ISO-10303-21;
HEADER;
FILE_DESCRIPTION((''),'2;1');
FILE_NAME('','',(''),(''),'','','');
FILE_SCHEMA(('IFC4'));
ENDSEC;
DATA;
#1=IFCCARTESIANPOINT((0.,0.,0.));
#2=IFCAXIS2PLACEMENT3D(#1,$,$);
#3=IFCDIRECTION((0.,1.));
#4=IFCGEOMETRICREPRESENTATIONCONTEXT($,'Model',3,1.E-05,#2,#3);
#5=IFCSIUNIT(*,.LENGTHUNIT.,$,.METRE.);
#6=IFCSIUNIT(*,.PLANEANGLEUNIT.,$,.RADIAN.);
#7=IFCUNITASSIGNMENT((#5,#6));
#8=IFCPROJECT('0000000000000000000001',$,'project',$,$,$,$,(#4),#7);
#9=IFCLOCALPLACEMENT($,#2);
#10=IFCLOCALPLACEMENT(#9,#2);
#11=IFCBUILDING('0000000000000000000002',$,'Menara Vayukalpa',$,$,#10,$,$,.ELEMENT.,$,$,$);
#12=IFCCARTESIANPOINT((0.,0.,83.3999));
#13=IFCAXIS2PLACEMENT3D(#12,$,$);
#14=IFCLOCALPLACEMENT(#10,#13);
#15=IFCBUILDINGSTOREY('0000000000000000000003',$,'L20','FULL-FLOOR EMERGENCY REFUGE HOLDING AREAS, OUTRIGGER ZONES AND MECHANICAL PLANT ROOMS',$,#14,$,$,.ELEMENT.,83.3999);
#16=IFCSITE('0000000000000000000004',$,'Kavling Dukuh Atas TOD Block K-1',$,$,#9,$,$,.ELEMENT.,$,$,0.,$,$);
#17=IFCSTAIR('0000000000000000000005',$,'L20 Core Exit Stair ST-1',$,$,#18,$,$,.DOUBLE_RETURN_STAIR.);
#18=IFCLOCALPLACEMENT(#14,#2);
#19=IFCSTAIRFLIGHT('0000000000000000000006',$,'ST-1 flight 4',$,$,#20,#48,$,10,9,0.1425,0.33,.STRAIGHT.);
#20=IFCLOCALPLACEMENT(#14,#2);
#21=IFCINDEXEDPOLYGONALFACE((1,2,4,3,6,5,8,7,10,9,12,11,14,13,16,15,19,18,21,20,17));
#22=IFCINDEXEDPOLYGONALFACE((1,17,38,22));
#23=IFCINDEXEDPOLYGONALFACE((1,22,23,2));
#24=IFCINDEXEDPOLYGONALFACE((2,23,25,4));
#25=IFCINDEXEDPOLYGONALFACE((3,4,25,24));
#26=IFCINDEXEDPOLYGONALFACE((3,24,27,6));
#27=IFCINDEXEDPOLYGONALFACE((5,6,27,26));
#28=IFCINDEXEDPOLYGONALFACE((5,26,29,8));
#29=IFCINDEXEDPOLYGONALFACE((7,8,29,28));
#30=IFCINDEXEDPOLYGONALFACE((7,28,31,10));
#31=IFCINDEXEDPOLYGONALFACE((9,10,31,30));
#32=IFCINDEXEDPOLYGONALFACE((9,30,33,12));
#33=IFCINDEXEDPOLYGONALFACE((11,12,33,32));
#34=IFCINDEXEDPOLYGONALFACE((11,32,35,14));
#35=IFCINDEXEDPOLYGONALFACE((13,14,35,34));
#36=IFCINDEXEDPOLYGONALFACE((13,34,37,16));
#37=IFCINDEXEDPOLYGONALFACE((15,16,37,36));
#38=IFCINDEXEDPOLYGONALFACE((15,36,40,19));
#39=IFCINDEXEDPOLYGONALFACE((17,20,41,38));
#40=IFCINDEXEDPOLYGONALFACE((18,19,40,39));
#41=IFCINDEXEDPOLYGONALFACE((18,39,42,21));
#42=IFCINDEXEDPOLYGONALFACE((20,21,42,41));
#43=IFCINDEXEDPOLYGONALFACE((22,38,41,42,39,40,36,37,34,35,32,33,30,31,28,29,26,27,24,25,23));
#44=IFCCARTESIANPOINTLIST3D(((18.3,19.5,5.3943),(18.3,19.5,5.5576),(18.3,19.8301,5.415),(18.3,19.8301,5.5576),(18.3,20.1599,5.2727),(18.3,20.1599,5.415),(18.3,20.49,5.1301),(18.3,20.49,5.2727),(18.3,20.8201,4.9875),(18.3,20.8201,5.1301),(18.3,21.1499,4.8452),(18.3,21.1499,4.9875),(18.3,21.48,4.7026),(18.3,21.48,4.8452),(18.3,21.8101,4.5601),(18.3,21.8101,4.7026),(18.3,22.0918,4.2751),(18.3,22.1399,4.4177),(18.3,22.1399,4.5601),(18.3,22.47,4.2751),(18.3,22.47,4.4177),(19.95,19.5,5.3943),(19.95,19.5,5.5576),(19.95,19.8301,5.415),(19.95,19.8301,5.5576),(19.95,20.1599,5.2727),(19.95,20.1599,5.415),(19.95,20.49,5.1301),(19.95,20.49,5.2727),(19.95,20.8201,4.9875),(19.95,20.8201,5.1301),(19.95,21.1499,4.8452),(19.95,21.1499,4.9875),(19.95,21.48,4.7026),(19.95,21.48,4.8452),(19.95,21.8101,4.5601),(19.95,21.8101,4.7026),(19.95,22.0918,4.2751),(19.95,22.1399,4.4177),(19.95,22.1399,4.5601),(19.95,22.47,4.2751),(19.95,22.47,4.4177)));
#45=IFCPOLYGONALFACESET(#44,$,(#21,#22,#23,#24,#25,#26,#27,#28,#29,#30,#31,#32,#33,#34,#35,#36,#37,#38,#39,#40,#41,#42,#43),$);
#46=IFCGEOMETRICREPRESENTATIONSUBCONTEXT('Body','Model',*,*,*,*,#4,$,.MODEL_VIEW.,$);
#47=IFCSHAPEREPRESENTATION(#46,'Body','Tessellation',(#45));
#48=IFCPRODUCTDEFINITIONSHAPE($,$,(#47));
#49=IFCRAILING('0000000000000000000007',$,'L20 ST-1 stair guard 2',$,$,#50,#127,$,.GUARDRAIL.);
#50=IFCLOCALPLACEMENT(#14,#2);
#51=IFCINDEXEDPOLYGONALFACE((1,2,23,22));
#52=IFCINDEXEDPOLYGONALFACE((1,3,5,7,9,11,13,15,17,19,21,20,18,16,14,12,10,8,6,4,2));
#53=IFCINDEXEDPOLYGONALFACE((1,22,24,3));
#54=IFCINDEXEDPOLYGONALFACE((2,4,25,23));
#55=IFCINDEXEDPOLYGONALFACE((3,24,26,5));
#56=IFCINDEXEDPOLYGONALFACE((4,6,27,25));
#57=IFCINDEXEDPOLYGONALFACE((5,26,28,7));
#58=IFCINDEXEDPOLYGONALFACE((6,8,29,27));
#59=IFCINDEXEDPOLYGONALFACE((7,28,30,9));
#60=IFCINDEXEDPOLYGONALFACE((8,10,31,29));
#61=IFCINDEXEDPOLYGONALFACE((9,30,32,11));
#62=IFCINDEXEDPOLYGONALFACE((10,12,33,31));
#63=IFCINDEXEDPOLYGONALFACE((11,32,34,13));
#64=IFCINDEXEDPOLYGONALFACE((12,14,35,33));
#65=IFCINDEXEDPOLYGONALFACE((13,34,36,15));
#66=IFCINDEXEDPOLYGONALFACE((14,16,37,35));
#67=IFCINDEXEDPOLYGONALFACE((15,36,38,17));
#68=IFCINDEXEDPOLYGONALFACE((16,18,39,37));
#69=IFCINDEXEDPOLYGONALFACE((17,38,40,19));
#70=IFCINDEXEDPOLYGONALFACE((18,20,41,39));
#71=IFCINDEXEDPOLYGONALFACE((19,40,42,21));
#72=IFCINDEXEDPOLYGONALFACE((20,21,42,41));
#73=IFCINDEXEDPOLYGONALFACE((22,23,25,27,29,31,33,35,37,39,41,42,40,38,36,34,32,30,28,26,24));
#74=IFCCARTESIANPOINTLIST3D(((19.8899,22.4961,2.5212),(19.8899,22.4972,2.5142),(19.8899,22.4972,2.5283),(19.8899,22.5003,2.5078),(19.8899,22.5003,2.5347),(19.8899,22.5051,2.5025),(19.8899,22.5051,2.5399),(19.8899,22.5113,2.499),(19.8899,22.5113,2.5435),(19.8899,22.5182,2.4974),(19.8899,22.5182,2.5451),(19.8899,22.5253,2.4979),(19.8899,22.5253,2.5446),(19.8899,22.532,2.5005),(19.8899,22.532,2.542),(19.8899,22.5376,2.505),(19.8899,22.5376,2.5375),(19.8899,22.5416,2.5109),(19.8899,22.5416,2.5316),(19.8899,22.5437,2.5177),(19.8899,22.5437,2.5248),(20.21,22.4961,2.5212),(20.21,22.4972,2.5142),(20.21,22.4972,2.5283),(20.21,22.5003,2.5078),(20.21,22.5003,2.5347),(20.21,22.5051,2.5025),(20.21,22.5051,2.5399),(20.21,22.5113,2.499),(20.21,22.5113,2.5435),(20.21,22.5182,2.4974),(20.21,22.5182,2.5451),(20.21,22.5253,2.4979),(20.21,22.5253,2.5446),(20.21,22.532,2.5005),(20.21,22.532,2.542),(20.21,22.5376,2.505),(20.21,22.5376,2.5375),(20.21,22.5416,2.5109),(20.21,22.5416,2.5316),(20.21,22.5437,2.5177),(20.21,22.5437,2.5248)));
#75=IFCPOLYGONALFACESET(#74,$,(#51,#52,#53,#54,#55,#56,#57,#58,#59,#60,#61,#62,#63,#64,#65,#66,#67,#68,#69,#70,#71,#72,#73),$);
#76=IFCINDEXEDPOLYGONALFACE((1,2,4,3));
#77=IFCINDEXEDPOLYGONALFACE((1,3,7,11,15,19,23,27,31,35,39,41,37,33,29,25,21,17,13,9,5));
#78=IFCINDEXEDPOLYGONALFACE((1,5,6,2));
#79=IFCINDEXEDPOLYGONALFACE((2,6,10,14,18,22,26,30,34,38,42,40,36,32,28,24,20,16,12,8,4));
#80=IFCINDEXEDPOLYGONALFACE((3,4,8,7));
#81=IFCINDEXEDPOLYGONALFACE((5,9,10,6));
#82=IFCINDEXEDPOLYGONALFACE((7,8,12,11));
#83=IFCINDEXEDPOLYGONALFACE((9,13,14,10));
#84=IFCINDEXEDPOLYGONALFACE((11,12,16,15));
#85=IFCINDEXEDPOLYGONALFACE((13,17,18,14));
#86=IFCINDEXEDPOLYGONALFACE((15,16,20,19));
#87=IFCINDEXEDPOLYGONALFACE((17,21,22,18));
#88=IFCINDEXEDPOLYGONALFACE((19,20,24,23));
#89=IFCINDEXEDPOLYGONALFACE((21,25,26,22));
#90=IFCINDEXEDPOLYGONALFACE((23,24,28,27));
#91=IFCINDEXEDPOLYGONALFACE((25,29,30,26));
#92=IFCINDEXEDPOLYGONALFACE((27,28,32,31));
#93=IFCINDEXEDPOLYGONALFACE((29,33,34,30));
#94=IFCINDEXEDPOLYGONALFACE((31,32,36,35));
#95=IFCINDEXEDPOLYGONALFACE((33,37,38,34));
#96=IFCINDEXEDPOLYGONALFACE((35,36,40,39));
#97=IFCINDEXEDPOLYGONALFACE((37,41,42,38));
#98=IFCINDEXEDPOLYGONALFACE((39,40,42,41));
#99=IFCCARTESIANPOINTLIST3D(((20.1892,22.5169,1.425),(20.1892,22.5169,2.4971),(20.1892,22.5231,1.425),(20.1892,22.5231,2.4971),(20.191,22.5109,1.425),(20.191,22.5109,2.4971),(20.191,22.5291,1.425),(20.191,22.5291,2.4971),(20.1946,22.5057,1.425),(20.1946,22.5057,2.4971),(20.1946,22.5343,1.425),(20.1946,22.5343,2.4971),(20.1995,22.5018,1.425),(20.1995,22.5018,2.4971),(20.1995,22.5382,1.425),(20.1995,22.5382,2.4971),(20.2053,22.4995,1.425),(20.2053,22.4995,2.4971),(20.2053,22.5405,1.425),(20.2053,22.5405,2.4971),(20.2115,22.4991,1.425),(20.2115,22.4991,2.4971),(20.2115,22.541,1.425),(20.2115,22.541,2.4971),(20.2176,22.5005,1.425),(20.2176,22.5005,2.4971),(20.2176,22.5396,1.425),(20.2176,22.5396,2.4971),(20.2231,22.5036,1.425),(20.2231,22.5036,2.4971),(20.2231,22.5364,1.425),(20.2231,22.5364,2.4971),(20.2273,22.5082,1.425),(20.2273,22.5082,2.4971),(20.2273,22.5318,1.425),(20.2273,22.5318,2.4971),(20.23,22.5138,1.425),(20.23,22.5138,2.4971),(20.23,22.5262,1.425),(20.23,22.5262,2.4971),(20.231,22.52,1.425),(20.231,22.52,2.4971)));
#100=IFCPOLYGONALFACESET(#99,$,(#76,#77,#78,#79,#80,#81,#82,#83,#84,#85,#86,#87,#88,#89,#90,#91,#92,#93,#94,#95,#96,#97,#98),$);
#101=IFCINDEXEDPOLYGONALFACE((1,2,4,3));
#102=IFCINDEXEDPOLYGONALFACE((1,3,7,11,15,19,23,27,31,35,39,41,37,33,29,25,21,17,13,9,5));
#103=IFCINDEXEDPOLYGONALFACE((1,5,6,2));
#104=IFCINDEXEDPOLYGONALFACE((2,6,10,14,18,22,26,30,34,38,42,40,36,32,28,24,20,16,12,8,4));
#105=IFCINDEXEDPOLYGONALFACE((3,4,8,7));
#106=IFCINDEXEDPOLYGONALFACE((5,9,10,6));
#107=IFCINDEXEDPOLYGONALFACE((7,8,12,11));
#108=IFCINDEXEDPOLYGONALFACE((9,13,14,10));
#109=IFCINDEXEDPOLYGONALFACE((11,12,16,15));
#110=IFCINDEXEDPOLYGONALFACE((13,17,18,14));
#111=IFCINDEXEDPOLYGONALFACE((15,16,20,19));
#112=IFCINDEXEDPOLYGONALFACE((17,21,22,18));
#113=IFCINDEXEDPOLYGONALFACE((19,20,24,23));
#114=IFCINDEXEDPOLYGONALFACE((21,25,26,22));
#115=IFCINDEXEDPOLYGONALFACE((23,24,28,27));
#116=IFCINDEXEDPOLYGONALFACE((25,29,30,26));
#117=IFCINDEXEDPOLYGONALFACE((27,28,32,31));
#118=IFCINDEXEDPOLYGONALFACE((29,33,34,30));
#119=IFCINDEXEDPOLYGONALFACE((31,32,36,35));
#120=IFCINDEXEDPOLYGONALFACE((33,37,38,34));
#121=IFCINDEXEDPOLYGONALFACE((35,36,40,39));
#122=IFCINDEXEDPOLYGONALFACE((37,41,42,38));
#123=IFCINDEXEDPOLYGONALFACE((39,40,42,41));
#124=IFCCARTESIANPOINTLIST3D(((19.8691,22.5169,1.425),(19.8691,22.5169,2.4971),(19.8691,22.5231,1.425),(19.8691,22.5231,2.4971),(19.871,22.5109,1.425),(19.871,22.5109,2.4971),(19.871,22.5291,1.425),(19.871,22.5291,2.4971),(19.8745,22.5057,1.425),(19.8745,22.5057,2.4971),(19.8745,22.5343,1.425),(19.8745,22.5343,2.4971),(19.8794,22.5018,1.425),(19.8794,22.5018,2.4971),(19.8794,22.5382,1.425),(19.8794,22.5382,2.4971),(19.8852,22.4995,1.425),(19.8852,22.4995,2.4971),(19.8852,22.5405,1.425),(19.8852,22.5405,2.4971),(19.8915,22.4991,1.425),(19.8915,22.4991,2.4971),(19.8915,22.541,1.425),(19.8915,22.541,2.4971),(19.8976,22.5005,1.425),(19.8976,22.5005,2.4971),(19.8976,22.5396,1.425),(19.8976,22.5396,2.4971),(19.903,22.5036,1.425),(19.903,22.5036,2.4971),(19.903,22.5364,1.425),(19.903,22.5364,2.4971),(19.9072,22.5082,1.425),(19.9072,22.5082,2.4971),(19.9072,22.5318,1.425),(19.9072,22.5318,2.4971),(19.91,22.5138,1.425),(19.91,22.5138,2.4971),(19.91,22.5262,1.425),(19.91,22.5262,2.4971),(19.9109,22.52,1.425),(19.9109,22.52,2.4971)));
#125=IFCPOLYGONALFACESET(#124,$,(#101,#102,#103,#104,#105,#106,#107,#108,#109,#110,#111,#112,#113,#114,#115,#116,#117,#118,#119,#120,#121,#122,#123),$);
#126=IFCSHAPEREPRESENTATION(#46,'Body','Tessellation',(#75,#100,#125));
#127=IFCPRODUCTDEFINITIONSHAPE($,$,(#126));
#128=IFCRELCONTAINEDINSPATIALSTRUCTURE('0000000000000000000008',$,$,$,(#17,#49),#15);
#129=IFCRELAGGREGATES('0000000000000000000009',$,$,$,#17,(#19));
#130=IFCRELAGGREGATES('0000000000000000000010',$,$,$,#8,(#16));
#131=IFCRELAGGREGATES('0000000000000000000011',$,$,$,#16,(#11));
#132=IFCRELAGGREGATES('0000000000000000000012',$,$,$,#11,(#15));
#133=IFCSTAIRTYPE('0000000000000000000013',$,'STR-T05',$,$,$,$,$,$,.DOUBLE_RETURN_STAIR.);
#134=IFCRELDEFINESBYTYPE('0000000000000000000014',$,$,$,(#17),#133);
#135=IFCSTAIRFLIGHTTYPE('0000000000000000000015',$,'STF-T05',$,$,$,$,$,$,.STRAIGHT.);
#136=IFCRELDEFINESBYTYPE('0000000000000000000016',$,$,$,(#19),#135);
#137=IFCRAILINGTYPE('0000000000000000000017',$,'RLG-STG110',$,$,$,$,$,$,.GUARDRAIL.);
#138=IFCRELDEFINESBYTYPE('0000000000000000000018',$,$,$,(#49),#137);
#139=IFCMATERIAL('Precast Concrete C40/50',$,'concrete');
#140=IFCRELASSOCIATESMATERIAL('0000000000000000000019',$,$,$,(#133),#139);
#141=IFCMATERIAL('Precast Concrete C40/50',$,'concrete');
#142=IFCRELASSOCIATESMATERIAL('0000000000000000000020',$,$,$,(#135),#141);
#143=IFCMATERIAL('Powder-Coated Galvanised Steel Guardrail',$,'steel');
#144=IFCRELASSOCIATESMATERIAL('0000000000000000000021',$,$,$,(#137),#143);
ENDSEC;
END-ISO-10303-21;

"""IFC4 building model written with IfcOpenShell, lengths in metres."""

from ifc_helpers import new_model, si_unit, direction, frame, origin, origin_2d, place, context, subcontext, project, spatial, polyline, circle, outline, extrude, material, type_object, element, aggregate, save


model = new_model("IFC4")

# Units and contexts
model_context = context("Model", 3, precision=1e-05, world=origin(), true_north=direction((0.0, 1.0)))
body_context = subcontext(model_context, "Body", "Model", "MODEL_VIEW")
ifc_project = project(units=[si_unit("LENGTHUNIT", "METRE"), si_unit("PLANEANGLEUNIT", "RADIAN")], contexts=[model_context])

# Site, building, storey
site_placement = place(None, origin())
site = spatial("IfcSite", under=ifc_project, at=site_placement, Name="Kavling Dukuh Atas TOD Block K-1", CompositionType="ELEMENT", RefElevation=0.0)
building_placement = place(site_placement, origin())
building = spatial("IfcBuilding", under=site, at=building_placement, Name="Menara Vayukalpa", CompositionType="ELEMENT")
storey_placement = place(building_placement, frame((0.0, 0.0, 83.3999)))
storey = spatial("IfcBuildingStorey", under=building, at=storey_placement, Name="L20", Description="FULL-FLOOR EMERGENCY REFUGE HOLDING AREAS, OUTRIGGER ZONES AND MECHANICAL PLANT ROOMS", CompositionType="ELEMENT", Elevation=83.3999)

# Stair, stair flight
ifc_material_1 = material(Name="Precast Concrete C40/50", Category="concrete")
stair_type = type_object("IfcStairType", Name="STR-T05", PredefinedType="DOUBLE_RETURN_STAIR", material=ifc_material_1)
stair_placement = place(storey_placement, origin())
stair = element("IfcStair", 1, at=stair_placement, inside=storey, type_object=stair_type, Name="L20 Core Exit Stair ST-1", PredefinedType="DOUBLE_RETURN_STAIR")
ifc_material_2 = material(Name="Precast Concrete C40/50", Category="concrete")
stair_flight_type = type_object("IfcStairFlightType", Name="STF-T05", PredefinedType="STRAIGHT", material=ifc_material_2)
stair_flight_1_placement = place(storey_placement, frame((19.125, 22.47, 4.2751), z_axis=(0.0, 0.0, 1.0), x_axis=(0.0, -1.0, 0.0)))
stair_flight_1 = element("IfcStairFlight", 2, at=stair_flight_1_placement, type_object=stair_flight_type, Name="ST-1 flight 4", NumberOfRisers=10, NumberOfTreads=9, PredefinedType="STRAIGHT", RiserHeight=0.1425, TreadLength=0.33, context=body_context, shape_type="SweptSolid", body=[
    extrude(outline(polyline([(0.0, 0.0), (0.0, 0.1426), (0.3301, 0.1426), (0.3301, 0.2849), (0.6599, 0.2849), (0.6599, 0.4275), (0.99, 0.4275), (0.99, 0.5701), (1.3201, 0.5701), (1.3201, 0.7124), (1.6499, 0.7124), (1.6499, 0.855), (1.98, 0.855), (1.98, 0.9976), (2.3101, 0.9976), (2.3101, 1.1399), (2.6399, 1.1399), (2.6399, 1.2825), (2.97, 1.2825), (2.97, 1.425), (2.97, 1.1191), (0.3782, 0.0), (0.0, 0.0)])), frame((0.0, 0.825, 0.0), z_axis=(0.0, -1.0, 0.0), x_axis=(1.0, 0.0, 0.0)), (0.0, 0.0, 1.0), 1.6499),
])
aggregate(stair, [stair_flight_1])

# Railing
ifc_material_3 = material(Name="Powder-Coated Galvanised Steel Guardrail", Category="steel")
railing_type_1 = type_object("IfcRailingType", Name="RLG-STG110", PredefinedType="GUARDRAIL", material=ifc_material_3)
railing_1_placement = place(storey_placement, frame((20.21, 22.52, 1.425)))
element("IfcRailing", 3, at=railing_1_placement, inside=storey, type_object=railing_type_1, Name="L20 ST-1 stair guard 2", PredefinedType="GUARDRAIL", context=body_context, shape_type="SweptSolid", body=[
    extrude(circle(Radius=0.0239, at=origin_2d()), frame((0.0, 0.0, 1.0962), z_axis=(-1.0, 0.0, 0.0), x_axis=(0.0, -1.0, 0.0)), (0.0, 0.0, 1.0), 0.3201),
    extrude(circle(Radius=0.021, at=origin_2d()), origin(), (0.0, 0.0, 1.0), 1.072),
    extrude(circle(Radius=0.021, at=origin_2d()), frame((-0.3201, 0.0, 0.0)), (0.0, 0.0, 1.0), 1.072),
])

save(model, "model.ifc")
